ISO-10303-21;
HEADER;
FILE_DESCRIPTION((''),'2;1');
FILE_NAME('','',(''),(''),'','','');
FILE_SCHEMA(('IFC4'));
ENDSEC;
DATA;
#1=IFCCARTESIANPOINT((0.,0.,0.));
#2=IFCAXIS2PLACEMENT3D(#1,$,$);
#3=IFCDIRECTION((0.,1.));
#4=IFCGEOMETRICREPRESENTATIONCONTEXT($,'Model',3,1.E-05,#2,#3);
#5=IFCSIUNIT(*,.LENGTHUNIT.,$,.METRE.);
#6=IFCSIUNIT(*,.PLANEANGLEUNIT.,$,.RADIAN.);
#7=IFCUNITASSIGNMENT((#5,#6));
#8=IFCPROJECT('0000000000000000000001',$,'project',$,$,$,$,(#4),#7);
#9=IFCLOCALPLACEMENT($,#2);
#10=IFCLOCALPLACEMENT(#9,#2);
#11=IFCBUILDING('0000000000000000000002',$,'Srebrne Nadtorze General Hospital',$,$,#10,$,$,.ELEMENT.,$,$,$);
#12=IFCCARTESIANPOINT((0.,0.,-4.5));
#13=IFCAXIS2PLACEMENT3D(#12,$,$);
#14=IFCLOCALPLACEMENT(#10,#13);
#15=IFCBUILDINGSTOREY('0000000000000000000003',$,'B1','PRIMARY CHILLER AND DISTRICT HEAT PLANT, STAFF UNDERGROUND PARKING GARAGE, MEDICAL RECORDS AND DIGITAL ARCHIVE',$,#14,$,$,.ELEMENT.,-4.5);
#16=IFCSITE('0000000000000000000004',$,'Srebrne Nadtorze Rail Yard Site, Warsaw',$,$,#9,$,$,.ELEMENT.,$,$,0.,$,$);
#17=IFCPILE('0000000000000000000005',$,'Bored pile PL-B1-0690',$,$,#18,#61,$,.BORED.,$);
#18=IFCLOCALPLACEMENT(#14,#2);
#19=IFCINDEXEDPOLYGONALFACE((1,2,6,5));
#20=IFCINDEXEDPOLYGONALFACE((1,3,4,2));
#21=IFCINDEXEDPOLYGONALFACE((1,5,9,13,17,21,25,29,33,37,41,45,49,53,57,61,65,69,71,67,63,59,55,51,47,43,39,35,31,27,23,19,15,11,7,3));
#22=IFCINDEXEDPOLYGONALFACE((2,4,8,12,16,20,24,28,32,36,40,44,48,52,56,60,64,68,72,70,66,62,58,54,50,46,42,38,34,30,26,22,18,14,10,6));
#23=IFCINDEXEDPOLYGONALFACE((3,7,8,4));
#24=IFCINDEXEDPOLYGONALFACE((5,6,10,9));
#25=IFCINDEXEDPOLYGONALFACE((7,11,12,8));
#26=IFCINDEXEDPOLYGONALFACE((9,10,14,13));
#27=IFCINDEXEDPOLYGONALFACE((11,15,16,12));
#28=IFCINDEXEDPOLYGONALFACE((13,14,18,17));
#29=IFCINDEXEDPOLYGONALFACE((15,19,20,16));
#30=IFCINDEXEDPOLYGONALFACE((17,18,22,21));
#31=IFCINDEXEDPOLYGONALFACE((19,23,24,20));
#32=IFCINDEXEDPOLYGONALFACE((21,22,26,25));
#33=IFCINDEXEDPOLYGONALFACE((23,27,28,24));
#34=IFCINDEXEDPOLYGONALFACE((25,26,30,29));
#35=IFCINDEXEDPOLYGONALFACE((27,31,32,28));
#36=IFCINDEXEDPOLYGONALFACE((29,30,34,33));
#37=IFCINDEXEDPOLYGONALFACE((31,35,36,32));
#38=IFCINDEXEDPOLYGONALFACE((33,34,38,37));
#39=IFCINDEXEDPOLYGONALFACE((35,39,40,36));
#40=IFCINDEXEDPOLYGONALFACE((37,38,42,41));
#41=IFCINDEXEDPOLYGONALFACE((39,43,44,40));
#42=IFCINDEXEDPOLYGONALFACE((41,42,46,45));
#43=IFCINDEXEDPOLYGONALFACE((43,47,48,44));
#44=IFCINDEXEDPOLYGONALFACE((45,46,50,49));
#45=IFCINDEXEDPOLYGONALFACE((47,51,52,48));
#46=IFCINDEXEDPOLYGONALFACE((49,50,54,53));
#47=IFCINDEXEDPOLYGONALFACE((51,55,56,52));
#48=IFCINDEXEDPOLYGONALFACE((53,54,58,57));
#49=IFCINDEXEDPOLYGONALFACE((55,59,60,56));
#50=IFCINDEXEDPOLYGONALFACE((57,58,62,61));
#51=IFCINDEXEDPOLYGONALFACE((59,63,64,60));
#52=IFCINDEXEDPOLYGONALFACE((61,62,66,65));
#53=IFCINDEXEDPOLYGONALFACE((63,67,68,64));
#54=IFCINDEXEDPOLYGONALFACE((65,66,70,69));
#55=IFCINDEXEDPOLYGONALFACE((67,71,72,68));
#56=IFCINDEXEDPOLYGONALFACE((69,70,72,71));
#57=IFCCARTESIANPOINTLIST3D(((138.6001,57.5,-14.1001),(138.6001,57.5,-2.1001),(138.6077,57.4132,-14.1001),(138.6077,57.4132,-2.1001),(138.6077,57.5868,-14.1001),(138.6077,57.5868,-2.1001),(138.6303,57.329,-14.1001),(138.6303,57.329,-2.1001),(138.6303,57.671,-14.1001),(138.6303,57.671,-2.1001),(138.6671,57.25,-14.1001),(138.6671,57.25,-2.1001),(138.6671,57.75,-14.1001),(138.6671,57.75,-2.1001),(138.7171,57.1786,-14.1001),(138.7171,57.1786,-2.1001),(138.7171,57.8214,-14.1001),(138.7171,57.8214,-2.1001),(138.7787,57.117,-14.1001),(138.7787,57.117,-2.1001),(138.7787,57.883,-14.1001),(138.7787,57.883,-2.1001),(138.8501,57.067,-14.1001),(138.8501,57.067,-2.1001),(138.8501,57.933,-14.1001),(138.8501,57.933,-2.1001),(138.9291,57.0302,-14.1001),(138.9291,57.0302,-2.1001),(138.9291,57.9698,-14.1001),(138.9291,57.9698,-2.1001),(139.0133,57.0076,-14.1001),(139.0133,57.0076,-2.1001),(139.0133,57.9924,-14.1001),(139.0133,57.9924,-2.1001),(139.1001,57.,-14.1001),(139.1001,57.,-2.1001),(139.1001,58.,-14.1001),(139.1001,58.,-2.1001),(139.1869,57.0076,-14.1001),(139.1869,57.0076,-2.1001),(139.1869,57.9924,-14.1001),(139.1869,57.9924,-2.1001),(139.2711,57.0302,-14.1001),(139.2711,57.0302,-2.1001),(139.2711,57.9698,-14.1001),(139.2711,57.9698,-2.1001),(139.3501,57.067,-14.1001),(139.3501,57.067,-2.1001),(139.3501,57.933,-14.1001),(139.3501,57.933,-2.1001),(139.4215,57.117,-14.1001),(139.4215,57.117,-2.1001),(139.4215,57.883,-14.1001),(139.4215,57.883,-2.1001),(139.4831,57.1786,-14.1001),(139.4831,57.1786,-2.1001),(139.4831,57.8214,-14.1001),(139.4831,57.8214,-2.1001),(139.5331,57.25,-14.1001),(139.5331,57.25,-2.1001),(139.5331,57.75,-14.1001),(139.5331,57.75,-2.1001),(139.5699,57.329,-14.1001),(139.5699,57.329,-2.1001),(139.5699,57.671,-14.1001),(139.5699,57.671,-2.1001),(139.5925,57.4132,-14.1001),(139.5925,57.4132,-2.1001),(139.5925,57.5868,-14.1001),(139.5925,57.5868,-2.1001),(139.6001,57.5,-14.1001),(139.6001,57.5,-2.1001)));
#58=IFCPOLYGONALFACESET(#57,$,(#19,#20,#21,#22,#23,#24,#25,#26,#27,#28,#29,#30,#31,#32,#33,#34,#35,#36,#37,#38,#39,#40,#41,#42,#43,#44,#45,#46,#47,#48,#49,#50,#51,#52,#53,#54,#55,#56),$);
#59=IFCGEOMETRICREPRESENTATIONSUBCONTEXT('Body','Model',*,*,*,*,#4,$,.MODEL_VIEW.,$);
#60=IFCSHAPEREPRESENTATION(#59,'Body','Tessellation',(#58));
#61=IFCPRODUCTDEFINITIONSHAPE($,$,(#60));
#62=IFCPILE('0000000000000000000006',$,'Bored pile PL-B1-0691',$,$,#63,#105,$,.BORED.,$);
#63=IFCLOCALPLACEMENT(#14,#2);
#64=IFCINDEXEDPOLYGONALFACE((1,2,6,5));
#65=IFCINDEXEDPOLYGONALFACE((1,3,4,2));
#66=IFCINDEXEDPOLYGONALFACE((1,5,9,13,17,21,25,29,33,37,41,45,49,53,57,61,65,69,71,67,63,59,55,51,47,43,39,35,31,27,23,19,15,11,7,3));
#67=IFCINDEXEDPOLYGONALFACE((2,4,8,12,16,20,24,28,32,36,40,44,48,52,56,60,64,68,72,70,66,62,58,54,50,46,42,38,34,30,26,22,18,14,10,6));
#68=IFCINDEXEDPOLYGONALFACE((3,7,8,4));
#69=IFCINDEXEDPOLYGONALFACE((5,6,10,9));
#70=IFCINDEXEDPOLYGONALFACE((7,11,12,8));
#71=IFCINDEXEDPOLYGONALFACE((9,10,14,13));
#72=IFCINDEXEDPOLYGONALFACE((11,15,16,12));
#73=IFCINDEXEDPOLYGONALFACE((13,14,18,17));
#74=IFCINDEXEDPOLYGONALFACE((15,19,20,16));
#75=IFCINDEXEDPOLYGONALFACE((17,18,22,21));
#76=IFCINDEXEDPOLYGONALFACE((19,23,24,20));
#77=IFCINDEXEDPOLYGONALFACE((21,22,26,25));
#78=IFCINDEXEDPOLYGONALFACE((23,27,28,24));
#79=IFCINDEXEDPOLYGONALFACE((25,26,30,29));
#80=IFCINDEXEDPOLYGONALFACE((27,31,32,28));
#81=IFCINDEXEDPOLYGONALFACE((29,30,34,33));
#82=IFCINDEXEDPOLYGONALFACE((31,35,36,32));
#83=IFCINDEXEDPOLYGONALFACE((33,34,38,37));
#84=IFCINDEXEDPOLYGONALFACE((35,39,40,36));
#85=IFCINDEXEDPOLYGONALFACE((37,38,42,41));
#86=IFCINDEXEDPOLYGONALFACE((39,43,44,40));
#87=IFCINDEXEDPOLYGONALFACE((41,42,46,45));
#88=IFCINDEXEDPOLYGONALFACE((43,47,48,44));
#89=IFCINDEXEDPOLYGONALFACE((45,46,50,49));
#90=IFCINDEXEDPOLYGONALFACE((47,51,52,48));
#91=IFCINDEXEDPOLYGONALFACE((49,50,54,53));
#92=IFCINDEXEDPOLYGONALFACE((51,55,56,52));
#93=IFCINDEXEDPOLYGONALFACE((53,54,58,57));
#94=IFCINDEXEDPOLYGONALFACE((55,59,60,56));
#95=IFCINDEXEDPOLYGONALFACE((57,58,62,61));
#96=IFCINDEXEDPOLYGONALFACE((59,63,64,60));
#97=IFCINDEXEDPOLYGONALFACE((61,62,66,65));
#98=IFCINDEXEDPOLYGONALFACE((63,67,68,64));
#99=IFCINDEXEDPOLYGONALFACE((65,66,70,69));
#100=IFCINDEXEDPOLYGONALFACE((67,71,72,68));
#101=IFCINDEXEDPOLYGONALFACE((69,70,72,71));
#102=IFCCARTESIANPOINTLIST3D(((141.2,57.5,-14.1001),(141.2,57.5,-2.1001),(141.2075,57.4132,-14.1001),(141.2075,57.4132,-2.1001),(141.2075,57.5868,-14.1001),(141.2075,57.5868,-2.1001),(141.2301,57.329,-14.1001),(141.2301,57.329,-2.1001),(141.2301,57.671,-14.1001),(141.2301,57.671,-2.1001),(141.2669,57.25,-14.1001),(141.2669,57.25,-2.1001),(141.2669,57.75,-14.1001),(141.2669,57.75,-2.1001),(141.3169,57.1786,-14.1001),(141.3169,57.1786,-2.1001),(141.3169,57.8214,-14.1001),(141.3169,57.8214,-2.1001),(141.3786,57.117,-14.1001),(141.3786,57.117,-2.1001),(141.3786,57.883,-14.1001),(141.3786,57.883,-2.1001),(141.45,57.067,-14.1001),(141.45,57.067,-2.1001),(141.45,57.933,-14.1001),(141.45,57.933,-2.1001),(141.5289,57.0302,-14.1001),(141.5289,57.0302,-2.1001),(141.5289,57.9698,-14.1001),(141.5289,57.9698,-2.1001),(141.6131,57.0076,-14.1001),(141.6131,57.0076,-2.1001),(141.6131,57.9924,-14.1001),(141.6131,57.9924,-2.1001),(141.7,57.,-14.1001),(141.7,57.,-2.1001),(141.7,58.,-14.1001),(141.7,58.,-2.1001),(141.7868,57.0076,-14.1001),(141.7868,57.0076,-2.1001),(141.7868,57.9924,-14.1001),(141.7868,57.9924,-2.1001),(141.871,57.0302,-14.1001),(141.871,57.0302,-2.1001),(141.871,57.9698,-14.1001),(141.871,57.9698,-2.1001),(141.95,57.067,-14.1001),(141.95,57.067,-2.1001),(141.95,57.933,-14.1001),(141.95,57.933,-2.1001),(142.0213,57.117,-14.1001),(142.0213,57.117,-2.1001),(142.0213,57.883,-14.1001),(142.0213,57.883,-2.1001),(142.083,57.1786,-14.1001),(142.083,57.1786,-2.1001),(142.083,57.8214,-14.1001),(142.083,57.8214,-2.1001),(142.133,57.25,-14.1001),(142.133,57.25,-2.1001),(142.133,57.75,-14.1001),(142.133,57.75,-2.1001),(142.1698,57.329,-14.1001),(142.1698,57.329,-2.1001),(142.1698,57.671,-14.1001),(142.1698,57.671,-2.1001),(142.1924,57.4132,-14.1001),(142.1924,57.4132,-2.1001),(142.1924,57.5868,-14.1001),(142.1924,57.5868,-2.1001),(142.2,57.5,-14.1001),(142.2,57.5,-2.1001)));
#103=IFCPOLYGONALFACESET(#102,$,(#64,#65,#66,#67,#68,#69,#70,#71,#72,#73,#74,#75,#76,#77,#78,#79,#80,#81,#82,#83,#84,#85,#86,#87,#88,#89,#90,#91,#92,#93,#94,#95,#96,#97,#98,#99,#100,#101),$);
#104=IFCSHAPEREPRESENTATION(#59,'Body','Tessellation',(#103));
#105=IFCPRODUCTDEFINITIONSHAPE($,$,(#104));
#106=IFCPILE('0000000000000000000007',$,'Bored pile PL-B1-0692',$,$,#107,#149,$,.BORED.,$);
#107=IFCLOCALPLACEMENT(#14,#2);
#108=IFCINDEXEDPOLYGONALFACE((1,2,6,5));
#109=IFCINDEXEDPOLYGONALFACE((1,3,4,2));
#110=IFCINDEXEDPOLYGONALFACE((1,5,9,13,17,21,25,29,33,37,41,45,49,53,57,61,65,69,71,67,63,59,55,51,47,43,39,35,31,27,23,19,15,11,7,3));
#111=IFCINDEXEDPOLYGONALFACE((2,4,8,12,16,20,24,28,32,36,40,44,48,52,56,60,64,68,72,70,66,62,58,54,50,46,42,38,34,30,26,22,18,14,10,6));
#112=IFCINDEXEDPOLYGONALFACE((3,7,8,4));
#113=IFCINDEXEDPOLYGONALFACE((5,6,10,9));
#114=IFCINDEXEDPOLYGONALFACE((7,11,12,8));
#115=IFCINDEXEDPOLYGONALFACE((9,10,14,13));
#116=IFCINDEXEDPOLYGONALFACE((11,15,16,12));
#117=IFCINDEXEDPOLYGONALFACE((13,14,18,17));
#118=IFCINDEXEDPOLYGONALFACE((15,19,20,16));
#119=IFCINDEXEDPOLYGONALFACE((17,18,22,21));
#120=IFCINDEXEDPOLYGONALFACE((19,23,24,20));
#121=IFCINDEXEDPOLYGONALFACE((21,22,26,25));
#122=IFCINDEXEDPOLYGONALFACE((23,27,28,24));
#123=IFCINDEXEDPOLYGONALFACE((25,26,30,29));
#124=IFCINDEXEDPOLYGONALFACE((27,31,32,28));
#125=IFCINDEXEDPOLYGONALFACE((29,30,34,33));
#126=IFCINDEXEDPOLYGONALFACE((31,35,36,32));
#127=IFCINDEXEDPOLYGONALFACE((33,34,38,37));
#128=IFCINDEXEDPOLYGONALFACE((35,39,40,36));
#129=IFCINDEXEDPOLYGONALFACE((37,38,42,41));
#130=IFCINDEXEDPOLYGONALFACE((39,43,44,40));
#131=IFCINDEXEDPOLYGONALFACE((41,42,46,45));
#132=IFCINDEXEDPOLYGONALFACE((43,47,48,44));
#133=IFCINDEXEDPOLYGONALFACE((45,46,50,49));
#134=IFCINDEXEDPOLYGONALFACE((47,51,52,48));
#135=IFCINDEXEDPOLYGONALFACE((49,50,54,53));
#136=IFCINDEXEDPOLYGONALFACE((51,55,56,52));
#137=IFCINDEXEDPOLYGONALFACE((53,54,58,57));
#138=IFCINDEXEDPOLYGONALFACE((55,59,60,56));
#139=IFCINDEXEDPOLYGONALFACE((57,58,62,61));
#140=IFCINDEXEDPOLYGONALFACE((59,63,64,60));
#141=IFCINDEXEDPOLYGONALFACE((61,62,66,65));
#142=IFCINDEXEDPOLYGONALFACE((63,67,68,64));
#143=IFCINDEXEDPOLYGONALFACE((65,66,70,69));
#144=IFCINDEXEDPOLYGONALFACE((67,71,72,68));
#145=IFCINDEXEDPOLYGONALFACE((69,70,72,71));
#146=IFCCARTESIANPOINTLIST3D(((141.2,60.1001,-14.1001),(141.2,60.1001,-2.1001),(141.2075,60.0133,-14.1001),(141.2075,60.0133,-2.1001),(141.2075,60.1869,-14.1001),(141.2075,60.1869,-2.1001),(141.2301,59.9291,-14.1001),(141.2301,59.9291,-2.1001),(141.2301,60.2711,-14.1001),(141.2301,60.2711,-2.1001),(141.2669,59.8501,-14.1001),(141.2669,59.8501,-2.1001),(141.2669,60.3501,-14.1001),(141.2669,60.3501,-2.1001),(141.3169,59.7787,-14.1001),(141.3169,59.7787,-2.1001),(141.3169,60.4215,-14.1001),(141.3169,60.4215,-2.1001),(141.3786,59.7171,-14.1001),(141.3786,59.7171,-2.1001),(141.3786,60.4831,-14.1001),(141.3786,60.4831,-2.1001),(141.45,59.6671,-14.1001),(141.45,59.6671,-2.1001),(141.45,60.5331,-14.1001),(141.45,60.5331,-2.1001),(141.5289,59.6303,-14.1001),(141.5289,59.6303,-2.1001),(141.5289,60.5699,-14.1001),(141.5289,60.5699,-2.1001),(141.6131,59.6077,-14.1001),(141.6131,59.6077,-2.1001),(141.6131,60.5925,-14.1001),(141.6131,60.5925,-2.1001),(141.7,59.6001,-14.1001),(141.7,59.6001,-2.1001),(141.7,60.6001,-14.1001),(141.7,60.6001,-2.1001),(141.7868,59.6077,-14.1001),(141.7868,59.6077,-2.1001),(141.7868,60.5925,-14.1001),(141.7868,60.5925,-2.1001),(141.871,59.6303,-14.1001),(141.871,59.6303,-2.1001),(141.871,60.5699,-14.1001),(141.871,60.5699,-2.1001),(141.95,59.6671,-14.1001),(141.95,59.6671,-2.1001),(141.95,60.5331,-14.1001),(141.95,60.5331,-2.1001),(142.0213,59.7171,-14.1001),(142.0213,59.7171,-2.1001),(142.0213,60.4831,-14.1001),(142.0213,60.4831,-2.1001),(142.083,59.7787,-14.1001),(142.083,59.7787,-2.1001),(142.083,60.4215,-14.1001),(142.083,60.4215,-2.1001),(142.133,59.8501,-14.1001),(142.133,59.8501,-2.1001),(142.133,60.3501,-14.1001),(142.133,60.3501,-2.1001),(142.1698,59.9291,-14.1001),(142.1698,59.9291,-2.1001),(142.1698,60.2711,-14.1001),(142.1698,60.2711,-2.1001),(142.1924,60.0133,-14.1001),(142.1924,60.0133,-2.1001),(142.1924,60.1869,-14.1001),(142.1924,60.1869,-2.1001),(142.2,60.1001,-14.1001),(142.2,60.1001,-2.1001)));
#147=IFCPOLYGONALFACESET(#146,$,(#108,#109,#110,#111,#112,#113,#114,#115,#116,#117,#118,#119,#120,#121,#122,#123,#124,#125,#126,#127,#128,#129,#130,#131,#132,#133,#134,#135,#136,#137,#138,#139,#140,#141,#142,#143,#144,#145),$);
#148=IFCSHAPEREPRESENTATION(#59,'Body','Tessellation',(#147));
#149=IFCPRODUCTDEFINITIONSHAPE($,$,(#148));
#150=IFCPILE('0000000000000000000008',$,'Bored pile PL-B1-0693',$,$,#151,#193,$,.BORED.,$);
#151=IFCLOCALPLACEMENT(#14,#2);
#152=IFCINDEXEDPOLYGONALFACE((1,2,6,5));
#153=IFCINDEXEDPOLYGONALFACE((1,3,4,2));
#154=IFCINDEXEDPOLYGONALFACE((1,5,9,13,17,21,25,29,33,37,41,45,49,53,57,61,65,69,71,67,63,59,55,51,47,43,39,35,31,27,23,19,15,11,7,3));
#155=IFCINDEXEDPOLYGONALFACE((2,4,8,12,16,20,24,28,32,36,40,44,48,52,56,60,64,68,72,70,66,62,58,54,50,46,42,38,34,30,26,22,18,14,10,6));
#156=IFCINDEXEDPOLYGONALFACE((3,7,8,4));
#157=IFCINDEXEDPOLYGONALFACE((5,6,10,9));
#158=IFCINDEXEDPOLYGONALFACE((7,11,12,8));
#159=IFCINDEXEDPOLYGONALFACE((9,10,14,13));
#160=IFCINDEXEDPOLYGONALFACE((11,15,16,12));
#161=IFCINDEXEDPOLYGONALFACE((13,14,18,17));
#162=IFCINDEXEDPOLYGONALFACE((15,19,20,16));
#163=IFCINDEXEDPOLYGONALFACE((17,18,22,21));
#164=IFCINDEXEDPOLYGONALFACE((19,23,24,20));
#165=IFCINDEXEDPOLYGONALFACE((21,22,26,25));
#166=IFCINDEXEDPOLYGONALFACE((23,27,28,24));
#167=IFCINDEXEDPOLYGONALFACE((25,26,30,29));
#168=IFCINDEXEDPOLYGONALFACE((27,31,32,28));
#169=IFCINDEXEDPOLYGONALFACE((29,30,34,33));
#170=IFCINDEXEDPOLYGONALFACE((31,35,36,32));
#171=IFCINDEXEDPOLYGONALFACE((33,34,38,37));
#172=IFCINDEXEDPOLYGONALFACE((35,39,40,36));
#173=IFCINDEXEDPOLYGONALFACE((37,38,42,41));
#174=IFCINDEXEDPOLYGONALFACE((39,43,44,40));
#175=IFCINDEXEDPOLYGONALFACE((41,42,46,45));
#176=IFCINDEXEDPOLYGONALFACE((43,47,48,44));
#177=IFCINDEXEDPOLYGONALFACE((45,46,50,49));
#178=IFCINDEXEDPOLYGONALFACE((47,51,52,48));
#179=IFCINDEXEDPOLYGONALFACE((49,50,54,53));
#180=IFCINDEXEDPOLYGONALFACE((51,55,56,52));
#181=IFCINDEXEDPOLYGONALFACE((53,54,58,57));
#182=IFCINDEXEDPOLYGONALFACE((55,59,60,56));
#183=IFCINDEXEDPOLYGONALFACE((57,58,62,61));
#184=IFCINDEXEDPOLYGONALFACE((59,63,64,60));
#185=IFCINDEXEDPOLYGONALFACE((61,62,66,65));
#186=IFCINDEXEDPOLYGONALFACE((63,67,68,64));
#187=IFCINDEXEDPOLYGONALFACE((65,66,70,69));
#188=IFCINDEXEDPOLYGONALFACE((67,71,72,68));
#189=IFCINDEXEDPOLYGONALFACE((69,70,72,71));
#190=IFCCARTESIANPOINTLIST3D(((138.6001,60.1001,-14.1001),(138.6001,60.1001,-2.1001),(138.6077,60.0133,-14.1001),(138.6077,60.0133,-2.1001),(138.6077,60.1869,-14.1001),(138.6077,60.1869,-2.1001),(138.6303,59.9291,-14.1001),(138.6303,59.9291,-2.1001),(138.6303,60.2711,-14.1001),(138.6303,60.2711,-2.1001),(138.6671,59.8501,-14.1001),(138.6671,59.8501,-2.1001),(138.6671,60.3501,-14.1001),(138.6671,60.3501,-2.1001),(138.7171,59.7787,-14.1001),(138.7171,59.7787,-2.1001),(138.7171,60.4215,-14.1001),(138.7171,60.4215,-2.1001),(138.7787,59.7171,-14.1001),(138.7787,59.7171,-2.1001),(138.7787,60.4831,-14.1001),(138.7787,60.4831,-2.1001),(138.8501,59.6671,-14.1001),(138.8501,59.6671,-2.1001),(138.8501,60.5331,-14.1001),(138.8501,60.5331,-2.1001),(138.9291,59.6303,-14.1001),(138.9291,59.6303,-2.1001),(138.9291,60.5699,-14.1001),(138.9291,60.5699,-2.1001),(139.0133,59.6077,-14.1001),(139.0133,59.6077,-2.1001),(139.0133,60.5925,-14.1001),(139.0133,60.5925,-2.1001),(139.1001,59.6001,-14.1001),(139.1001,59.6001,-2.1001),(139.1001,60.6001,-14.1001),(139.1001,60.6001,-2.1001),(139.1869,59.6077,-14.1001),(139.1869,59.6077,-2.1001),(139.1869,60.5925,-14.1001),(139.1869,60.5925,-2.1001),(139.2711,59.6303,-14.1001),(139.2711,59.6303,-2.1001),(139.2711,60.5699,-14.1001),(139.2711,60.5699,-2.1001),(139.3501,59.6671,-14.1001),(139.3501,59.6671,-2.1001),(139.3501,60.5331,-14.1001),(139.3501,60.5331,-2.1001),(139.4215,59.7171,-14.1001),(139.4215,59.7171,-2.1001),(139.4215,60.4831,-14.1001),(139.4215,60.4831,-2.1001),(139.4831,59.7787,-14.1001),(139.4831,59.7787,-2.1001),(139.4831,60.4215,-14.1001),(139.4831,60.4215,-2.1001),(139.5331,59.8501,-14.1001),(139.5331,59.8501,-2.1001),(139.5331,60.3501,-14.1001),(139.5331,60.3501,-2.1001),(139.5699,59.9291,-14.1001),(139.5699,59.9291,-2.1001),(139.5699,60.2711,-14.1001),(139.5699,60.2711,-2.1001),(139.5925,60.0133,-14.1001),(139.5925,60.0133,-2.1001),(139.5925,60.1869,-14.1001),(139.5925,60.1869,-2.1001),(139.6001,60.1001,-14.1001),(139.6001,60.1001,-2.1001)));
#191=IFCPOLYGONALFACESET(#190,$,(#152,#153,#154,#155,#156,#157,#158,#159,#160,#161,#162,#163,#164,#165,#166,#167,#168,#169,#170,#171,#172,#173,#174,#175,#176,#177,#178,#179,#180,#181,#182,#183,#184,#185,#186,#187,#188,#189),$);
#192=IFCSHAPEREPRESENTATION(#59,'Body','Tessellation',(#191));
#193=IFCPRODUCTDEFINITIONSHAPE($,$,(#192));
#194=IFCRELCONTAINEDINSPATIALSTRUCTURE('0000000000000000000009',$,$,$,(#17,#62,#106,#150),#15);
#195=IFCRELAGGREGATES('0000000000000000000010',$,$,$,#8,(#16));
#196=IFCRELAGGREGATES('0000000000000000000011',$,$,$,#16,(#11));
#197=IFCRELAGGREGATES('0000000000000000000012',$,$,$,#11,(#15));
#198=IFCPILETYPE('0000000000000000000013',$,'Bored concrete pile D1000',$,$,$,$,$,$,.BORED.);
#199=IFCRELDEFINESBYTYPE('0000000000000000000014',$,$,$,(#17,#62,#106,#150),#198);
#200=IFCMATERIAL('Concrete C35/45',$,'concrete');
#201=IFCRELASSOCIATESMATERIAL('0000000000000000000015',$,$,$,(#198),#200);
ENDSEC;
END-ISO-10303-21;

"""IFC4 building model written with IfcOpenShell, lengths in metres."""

from ifc_helpers import new_model, si_unit, direction, frame, origin, origin_2d, place, context, subcontext, project, spatial, circle, extrude, material, material_profile, profile_set, type_object, element, save


model = new_model("IFC4")

# Units and contexts
model_context = context("Model", 3, precision=1e-05, world=origin(), true_north=direction((0.0, 1.0)))
body_context = subcontext(model_context, "Body", "Model", "MODEL_VIEW")
ifc_project = project(units=[si_unit("LENGTHUNIT", "METRE"), si_unit("PLANEANGLEUNIT", "RADIAN")], contexts=[model_context])

# Site, building, storey
site_placement = place(None, origin())
site = spatial("IfcSite", under=ifc_project, at=site_placement, Name="Srebrne Nadtorze Rail Yard Site, Warsaw", CompositionType="ELEMENT", RefElevation=0.0)
building_placement = place(site_placement, origin())
building = spatial("IfcBuilding", under=site, at=building_placement, Name="Srebrne Nadtorze General Hospital", CompositionType="ELEMENT")
storey_placement = place(building_placement, frame((0.0, 0.0, -4.5)))
storey = spatial("IfcBuildingStorey", under=building, at=storey_placement, Name="B1", Description="PRIMARY CHILLER AND DISTRICT HEAT PLANT, STAFF UNDERGROUND PARKING GARAGE, MEDICAL RECORDS AND DIGITAL ARCHIVE", CompositionType="ELEMENT", Elevation=-4.5)

# Piles
ifc_material_1 = material(Name="Concrete C35/45", Category="concrete")
ifc_material_profile_1 = material_profile(ifc_material_1, circle(Radius=0.5, at=origin_2d()), Name="PILE-D1000")
ifc_profile_set_1 = profile_set([ifc_material_profile_1], Name="Concrete C35/45")
pile_type_1 = type_object("IfcPileType", Name="Bored concrete pile D1000", PredefinedType="BORED", material=ifc_profile_set_1)
for number, where, z_axis, x_axis, name in (
    (1, (139.1001, 57.5, -2.1001), (0.0, 0.0, -1.0), (1.0, 0.0, 0.0), "Bored pile PL-B1-0690"),
    (2, (141.7, 57.5, -2.1001), (0.0, 0.0, -1.0), (1.0, 0.0, 0.0), "Bored pile PL-B1-0691"),
    (3, (141.7, 60.1001, -2.1001), (0.0, 0.0, -1.0), (1.0, 0.0, 0.0), "Bored pile PL-B1-0692"),
    (4, (139.1001, 60.1001, -2.1001), (0.0, 0.0, -1.0), (1.0, 0.0, 0.0), "Bored pile PL-B1-0693"),
):
    element("IfcPile", number, at=place(storey_placement, frame(where, z_axis=z_axis, x_axis=x_axis)), inside=storey, type_object=pile_type_1, Name=name, PredefinedType="BORED", context=body_context, shape_type="SweptSolid", body=[
        extrude(circle(Radius=0.5, at=origin_2d()), origin(), (0.0, 0.0, 1.0), 12.0),
    ])

save(model, "model.ifc")
